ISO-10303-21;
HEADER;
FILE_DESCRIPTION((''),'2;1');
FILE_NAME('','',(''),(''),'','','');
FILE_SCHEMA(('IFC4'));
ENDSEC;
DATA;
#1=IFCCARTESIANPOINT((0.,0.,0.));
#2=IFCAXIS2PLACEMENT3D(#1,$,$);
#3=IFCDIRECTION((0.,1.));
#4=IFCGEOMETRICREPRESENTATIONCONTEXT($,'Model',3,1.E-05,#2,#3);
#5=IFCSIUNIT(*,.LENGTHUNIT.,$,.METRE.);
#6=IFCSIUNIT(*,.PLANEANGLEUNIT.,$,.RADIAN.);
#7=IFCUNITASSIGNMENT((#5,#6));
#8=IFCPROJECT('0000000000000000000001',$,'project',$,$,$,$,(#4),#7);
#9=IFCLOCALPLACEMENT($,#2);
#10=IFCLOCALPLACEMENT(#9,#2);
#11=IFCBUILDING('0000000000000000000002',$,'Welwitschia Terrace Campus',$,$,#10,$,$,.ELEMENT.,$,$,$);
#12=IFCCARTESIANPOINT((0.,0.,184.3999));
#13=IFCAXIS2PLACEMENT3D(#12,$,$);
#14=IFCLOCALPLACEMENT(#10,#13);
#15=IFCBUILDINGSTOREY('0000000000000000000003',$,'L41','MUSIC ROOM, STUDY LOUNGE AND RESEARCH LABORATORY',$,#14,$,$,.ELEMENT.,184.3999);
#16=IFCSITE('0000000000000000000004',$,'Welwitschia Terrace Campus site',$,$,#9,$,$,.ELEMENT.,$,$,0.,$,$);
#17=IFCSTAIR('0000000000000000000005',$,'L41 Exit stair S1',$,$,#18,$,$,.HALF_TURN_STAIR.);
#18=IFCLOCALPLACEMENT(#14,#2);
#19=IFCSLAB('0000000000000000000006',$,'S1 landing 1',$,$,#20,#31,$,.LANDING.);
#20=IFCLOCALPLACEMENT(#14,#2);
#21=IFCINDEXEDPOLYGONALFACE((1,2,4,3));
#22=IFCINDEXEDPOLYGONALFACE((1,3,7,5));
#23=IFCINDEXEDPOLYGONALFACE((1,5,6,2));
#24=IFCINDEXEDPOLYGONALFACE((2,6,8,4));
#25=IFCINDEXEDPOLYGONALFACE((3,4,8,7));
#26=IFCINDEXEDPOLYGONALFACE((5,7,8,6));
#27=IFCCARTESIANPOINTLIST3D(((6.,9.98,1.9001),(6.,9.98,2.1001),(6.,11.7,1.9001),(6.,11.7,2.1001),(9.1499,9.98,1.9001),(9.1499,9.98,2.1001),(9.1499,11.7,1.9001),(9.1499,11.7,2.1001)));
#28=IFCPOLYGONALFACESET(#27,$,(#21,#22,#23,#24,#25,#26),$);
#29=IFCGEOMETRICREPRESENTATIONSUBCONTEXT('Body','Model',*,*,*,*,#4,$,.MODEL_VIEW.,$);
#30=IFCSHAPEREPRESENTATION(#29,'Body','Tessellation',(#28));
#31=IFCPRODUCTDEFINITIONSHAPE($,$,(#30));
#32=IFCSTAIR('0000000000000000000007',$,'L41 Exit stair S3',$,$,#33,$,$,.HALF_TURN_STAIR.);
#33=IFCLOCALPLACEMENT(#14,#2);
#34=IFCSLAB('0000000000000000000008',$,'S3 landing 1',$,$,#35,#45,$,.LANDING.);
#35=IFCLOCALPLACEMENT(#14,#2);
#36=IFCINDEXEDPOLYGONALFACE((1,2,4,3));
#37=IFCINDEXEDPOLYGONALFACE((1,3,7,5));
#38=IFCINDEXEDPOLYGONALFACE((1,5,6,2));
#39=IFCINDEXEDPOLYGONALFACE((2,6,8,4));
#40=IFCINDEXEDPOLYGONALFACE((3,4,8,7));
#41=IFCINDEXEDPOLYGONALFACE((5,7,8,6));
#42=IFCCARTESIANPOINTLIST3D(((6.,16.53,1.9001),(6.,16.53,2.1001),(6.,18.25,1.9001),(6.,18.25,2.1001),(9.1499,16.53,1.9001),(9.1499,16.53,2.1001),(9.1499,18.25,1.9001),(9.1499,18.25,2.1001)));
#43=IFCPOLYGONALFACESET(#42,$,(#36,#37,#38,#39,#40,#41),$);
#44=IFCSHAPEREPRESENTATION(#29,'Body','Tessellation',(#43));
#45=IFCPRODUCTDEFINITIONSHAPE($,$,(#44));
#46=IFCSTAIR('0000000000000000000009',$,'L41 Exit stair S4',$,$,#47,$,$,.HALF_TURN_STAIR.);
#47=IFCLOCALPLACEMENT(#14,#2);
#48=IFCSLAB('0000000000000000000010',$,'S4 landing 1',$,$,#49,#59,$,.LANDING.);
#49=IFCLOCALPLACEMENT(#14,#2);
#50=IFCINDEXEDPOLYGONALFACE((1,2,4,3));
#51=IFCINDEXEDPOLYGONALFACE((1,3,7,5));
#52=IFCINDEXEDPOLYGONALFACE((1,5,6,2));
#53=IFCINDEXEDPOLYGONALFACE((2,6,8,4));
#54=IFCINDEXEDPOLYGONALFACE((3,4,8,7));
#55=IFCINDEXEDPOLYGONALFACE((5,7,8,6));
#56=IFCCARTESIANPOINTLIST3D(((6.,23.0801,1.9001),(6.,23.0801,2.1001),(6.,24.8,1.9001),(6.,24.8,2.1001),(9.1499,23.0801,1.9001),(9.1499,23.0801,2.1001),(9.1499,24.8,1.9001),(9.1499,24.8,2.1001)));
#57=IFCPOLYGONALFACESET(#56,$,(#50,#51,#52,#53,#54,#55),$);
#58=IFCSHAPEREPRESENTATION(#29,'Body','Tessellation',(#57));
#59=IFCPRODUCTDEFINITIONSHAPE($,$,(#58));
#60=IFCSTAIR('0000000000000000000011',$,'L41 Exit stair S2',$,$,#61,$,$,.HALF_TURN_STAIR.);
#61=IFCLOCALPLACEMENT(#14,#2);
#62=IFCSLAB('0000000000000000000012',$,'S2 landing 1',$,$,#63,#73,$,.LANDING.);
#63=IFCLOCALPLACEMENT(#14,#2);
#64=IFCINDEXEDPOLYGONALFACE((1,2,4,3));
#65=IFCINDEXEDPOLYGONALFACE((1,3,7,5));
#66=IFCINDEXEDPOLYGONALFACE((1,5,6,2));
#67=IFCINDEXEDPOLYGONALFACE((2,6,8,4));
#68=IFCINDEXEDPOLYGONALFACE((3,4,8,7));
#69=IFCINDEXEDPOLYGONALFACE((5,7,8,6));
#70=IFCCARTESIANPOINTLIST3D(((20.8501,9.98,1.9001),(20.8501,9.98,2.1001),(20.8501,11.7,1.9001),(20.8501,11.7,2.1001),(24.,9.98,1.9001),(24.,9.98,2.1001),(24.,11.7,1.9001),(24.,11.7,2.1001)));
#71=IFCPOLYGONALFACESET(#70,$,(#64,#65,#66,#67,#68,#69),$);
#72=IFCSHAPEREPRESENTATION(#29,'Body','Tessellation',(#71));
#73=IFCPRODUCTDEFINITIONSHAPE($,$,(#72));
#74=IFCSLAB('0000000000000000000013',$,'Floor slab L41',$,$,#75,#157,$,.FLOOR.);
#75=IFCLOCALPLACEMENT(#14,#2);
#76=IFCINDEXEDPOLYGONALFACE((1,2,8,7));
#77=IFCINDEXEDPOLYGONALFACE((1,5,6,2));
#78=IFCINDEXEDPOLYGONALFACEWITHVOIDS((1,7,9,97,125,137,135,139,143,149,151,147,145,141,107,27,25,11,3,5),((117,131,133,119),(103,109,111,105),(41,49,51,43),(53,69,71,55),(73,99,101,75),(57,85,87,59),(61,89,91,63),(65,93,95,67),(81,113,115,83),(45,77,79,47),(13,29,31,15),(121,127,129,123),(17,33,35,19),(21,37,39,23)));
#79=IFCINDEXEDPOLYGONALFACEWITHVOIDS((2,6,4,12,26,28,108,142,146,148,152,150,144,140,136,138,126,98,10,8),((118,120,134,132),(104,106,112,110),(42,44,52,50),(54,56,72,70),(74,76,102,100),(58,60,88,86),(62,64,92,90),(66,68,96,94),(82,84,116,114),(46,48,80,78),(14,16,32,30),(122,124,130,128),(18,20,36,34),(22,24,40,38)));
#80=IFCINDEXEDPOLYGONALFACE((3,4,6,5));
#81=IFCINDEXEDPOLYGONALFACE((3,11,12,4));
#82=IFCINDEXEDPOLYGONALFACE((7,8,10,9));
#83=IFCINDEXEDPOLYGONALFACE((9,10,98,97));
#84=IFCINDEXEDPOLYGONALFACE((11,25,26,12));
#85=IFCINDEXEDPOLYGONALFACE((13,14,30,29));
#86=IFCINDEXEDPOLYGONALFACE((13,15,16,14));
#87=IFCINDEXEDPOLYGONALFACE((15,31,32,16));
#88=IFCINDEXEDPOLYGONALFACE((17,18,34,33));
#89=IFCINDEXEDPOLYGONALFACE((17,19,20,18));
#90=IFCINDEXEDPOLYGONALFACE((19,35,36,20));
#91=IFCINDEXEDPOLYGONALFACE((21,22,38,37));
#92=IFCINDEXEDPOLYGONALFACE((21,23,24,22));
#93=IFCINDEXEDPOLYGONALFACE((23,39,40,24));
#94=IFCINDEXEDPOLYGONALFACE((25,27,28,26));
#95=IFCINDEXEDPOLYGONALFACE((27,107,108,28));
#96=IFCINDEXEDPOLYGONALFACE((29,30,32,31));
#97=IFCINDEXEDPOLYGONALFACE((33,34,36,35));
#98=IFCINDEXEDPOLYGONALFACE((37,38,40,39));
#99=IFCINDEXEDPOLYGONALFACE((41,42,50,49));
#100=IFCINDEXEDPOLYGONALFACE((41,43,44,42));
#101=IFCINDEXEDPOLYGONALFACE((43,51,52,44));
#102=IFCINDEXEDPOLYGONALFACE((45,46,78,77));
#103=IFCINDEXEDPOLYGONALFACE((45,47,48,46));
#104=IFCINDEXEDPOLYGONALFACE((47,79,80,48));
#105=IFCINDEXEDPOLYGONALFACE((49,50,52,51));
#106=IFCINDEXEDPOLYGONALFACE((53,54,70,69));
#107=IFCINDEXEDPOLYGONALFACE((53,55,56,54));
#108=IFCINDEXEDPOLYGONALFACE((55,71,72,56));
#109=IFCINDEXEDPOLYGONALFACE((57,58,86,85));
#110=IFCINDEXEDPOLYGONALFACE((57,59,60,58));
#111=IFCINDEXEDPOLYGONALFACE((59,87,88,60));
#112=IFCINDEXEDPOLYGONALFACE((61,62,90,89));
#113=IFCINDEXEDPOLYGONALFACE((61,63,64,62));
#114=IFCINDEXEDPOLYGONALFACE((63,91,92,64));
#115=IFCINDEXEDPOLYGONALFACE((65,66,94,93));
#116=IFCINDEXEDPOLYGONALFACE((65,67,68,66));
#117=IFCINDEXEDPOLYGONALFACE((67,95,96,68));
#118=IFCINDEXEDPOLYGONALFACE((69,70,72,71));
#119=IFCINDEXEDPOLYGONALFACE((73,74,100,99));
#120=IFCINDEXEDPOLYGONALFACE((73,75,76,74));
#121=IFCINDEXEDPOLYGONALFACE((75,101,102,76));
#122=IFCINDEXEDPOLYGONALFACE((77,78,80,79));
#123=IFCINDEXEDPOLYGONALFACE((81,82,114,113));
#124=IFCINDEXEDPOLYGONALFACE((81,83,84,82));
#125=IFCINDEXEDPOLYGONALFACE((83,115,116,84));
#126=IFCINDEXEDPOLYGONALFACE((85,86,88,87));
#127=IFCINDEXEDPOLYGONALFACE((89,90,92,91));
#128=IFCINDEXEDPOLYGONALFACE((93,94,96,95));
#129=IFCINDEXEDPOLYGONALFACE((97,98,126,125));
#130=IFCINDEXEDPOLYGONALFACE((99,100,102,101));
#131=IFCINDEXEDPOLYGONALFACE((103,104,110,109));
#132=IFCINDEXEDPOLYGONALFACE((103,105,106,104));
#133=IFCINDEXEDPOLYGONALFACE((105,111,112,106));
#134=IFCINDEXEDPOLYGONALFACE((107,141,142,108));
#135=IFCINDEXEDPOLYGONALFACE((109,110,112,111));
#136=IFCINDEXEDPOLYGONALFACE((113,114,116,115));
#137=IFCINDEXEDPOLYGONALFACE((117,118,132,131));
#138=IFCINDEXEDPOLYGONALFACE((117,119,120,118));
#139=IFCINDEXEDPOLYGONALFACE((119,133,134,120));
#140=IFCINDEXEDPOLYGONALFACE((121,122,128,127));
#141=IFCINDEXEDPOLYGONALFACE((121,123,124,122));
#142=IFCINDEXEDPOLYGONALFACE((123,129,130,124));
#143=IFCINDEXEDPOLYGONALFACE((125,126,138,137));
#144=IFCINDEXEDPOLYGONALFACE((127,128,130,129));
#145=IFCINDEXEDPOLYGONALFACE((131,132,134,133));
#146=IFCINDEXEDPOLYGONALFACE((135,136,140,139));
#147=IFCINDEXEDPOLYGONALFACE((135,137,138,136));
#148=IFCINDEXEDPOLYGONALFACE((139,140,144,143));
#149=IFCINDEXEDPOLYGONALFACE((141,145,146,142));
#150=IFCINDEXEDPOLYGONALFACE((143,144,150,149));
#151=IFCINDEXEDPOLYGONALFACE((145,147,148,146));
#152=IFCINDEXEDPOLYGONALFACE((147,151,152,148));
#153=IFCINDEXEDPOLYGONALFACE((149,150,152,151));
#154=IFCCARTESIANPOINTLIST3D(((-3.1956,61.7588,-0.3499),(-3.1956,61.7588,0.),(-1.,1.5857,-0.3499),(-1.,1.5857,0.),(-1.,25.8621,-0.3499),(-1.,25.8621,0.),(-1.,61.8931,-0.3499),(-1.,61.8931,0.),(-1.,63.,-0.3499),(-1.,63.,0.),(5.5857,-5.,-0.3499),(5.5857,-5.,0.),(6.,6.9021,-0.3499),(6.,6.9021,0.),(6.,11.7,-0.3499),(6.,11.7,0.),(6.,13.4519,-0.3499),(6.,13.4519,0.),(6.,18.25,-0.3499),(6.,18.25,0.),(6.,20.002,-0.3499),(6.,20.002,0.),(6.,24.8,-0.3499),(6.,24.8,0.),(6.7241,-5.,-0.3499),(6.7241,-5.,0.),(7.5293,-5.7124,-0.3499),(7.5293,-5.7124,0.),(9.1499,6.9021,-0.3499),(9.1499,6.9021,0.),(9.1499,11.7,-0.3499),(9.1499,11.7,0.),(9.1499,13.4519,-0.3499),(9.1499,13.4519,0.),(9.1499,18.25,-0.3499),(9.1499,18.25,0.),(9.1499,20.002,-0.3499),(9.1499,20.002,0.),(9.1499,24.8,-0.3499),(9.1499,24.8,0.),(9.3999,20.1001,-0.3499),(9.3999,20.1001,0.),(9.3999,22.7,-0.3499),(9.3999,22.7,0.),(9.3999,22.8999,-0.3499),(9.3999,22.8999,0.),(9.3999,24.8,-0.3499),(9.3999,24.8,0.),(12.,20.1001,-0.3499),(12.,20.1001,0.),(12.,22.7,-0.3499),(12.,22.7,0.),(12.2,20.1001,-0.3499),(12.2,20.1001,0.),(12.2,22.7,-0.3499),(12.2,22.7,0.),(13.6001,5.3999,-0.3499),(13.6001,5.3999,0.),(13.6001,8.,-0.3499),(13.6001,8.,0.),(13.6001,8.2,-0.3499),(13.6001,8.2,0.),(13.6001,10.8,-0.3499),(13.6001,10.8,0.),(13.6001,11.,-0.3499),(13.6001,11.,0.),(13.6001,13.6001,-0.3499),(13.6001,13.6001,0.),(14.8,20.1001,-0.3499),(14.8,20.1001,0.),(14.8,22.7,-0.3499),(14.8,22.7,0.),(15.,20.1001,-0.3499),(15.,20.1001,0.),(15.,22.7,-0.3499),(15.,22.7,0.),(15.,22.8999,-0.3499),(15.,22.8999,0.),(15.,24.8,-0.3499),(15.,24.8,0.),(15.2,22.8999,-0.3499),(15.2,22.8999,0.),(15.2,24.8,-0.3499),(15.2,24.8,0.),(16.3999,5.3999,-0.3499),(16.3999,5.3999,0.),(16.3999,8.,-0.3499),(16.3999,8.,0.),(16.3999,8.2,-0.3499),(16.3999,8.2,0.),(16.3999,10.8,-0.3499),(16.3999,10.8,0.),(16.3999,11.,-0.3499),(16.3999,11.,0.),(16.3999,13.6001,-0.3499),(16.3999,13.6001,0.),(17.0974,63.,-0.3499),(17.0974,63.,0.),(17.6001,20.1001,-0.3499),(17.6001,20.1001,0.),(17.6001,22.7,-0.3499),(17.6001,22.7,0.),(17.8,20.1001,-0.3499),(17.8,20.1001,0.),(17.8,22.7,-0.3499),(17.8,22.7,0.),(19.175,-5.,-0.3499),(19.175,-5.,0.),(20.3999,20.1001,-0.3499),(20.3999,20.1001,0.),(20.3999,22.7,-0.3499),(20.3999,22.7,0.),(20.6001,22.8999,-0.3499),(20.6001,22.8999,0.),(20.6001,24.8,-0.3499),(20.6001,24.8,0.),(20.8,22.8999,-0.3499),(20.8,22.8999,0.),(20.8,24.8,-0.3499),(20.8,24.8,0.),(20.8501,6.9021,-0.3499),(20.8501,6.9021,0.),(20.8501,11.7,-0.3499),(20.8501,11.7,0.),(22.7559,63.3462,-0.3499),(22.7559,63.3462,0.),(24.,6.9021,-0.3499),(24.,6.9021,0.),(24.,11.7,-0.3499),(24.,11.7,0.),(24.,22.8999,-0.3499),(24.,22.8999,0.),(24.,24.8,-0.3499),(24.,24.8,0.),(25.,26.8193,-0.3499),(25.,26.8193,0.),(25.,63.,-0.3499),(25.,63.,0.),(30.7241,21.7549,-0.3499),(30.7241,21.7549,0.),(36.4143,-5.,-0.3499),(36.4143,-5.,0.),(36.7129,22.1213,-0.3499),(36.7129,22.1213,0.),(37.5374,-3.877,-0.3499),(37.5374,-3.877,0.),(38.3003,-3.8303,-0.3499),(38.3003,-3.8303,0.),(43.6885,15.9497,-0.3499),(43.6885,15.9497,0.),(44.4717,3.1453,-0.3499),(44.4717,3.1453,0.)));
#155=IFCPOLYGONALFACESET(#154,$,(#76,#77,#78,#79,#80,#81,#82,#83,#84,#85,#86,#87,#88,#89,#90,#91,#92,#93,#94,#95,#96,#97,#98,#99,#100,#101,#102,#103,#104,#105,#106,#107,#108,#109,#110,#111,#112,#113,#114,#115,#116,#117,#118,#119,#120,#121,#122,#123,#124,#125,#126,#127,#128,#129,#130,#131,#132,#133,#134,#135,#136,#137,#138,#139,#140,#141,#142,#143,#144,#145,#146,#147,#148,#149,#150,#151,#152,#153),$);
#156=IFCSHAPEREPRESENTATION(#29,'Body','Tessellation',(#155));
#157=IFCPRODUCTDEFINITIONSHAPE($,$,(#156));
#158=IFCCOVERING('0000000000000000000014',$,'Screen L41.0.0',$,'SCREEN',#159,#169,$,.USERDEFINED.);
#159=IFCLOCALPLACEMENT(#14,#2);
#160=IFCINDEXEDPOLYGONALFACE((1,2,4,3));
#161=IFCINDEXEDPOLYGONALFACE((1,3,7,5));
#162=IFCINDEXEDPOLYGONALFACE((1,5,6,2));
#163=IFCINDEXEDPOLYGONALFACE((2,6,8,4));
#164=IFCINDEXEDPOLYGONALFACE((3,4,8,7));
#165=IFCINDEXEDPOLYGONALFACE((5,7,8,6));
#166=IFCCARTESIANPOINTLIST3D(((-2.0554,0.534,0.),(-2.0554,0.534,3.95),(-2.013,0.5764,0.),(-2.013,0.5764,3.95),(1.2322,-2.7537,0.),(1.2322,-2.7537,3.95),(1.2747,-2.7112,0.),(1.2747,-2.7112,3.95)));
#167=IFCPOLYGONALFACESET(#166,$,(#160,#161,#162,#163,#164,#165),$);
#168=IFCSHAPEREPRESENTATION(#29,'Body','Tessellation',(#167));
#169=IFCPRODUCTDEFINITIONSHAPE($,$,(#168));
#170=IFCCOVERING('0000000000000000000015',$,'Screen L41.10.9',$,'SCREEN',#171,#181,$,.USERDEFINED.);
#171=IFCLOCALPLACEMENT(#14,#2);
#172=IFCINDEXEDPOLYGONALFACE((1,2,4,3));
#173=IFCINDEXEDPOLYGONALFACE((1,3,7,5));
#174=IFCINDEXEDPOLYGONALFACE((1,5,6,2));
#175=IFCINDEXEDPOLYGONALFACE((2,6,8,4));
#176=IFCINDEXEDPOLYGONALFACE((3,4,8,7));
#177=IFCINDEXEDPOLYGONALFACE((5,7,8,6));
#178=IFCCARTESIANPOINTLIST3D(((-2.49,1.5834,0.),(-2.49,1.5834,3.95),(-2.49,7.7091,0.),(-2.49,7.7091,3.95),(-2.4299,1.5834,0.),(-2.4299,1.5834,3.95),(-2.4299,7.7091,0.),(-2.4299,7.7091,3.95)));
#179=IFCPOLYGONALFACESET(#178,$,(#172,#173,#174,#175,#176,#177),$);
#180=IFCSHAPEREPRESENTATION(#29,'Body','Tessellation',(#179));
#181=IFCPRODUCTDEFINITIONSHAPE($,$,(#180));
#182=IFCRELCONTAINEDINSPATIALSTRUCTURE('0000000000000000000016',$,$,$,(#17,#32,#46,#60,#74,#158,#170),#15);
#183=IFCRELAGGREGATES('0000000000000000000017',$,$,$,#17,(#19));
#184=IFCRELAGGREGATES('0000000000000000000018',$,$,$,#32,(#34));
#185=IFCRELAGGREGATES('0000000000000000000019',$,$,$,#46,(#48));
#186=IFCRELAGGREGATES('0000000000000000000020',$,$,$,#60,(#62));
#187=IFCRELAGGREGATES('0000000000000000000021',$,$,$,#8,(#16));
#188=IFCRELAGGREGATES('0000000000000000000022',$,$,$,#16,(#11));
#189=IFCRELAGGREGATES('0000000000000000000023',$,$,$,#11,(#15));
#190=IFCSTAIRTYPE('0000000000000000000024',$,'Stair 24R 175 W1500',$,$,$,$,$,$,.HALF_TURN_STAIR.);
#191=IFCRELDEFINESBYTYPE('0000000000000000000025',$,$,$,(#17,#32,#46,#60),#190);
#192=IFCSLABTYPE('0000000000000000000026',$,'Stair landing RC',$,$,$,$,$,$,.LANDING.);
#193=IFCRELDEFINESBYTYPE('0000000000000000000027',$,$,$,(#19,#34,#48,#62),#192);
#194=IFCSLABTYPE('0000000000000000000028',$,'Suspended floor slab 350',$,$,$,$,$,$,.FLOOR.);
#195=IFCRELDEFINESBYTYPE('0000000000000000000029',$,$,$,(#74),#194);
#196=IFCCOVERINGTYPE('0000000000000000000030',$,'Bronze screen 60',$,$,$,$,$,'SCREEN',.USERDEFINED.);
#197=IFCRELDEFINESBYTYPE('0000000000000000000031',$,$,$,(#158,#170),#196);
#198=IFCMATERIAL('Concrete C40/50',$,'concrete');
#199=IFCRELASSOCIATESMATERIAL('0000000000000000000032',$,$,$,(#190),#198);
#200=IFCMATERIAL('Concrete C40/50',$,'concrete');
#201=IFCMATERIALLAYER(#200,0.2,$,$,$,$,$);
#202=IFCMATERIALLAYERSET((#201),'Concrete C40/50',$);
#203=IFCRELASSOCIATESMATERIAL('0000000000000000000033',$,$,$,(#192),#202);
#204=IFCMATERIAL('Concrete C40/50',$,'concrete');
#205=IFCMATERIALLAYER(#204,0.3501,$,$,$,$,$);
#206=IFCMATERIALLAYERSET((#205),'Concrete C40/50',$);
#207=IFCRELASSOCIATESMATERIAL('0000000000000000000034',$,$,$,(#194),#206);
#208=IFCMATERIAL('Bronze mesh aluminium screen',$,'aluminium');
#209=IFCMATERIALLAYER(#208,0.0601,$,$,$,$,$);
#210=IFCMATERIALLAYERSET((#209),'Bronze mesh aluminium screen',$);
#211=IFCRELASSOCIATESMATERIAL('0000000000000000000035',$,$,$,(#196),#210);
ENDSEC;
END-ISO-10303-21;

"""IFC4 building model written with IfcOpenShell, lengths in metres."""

from ifc_helpers import new_model, si_unit, direction, frame, origin, origin_2d, place, context, subcontext, project, spatial, polyline, rectangle, outline, extrude, material, layer, layer_set, type_object, element, aggregate, save


model = new_model("IFC4")

# Units and contexts
model_context = context("Model", 3, precision=1e-05, world=origin(), true_north=direction((0.0, 1.0)))
body_context = subcontext(model_context, "Body", "Model", "MODEL_VIEW")
ifc_project = project(units=[si_unit("LENGTHUNIT", "METRE"), si_unit("PLANEANGLEUNIT", "RADIAN")], contexts=[model_context])

# Site, building, storey
site_placement = place(None, origin())
site = spatial("IfcSite", under=ifc_project, at=site_placement, Name="Welwitschia Terrace Campus site", CompositionType="ELEMENT", RefElevation=0.0)
building_placement = place(site_placement, origin())
building = spatial("IfcBuilding", under=site, at=building_placement, Name="Welwitschia Terrace Campus", CompositionType="ELEMENT")
storey_placement = place(building_placement, frame((0.0, 0.0, 184.3999)))
storey = spatial("IfcBuildingStorey", under=building, at=storey_placement, Name="L41", Description="MUSIC ROOM, STUDY LOUNGE AND RESEARCH LABORATORY", CompositionType="ELEMENT", Elevation=184.3999)

# Stairs, slabs
ifc_material_1 = material(Name="Concrete C40/50", Category="concrete")
stair_type = type_object("IfcStairType", Name="Stair 24R 175 W1500", PredefinedType="HALF_TURN_STAIR", material=ifc_material_1)
stair_1_placement = place(storey_placement, origin())
stair_1 = element("IfcStair", 1, at=stair_1_placement, inside=storey, type_object=stair_type, Name="L41 Exit stair S1", PredefinedType="HALF_TURN_STAIR")
ifc_material_2 = material(Name="Concrete C40/50", Category="concrete")
ifc_layer_1 = layer(ifc_material_2, 0.2)
ifc_layer_set_1 = layer_set([ifc_layer_1], Name="Concrete C40/50")
slab_type_1 = type_object("IfcSlabType", Name="Stair landing RC", PredefinedType="LANDING", material=ifc_layer_set_1)
slab_1_placement = place(storey_placement, frame((0.0, 0.0, 1.9001)))
slab_1 = element("IfcSlab", 2, at=slab_1_placement, type_object=slab_type_1, Name="S1 landing 1", PredefinedType="LANDING", context=body_context, shape_type="SweptSolid", body=[
    extrude(outline(polyline([(9.1499, 9.98), (9.1499, 11.7), (6.0, 11.7), (6.0, 9.98), (9.1499, 9.98)])), origin(), (0.0, 0.0, 1.0), 0.2),
])
aggregate(stair_1, [slab_1])
stair_2_placement = place(storey_placement, origin())
stair_2 = element("IfcStair", 3, at=stair_2_placement, inside=storey, type_object=stair_type, Name="L41 Exit stair S3", PredefinedType="HALF_TURN_STAIR")
slab_2_placement = place(storey_placement, frame((0.0, 0.0, 1.9001)))
slab_2 = element("IfcSlab", 4, at=slab_2_placement, type_object=slab_type_1, Name="S3 landing 1", PredefinedType="LANDING", context=body_context, shape_type="SweptSolid", body=[
    extrude(outline(polyline([(9.1499, 16.53), (9.1499, 18.25), (6.0, 18.25), (6.0, 16.53), (9.1499, 16.53)])), origin(), (0.0, 0.0, 1.0), 0.2),
])
aggregate(stair_2, [slab_2])
stair_3_placement = place(storey_placement, origin())
stair_3 = element("IfcStair", 5, at=stair_3_placement, inside=storey, type_object=stair_type, Name="L41 Exit stair S4", PredefinedType="HALF_TURN_STAIR")
slab_3_placement = place(storey_placement, frame((0.0, 0.0, 1.9001)))
slab_3 = element("IfcSlab", 6, at=slab_3_placement, type_object=slab_type_1, Name="S4 landing 1", PredefinedType="LANDING", context=body_context, shape_type="SweptSolid", body=[
    extrude(outline(polyline([(9.1499, 23.0801), (9.1499, 24.8), (6.0, 24.8), (6.0, 23.0801), (9.1499, 23.0801)])), origin(), (0.0, 0.0, 1.0), 0.2),
])
aggregate(stair_3, [slab_3])
stair_4_placement = place(storey_placement, origin())
stair_4 = element("IfcStair", 7, at=stair_4_placement, inside=storey, type_object=stair_type, Name="L41 Exit stair S2", PredefinedType="HALF_TURN_STAIR")
slab_4_placement = place(storey_placement, frame((0.0, 0.0, 1.9001)))
slab_4 = element("IfcSlab", 8, at=slab_4_placement, type_object=slab_type_1, Name="S2 landing 1", PredefinedType="LANDING", context=body_context, shape_type="SweptSolid", body=[
    extrude(outline(polyline([(24.0, 9.98), (24.0, 11.7), (20.8501, 11.7), (20.8501, 9.98), (24.0, 9.98)])), origin(), (0.0, 0.0, 1.0), 0.2),
])
aggregate(stair_4, [slab_4])

# Slab
ifc_material_3 = material(Name="Concrete C40/50", Category="concrete")
ifc_layer_2 = layer(ifc_material_3, 0.3501)
ifc_layer_set_2 = layer_set([ifc_layer_2], Name="Concrete C40/50")
slab_type_2 = type_object("IfcSlabType", Name="Suspended floor slab 350", PredefinedType="FLOOR", material=ifc_layer_set_2)
slab_5_placement = place(storey_placement, frame((0.0, 0.0, -0.3499)))
element("IfcSlab", 9, at=slab_5_placement, inside=storey, type_object=slab_type_2, Name="Floor slab L41", PredefinedType="FLOOR", context=body_context, shape_type="SweptSolid", body=[
    extrude(outline(polyline([(-1.0, 61.8931), (-1.0, 63.0), (17.0974, 63.0), (22.7559, 63.3462), (25.0, 63.0), (25.0, 26.8193), (30.7241, 21.7549), (36.7129, 22.1213), (43.6885, 15.9497), (44.4717, 3.1453), (38.3003, -3.8303), (37.5374, -3.877), (36.4143, -5.0), (19.175, -5.0), (7.5293, -5.7124), (6.7241, -5.0), (5.5857, -5.0), (-1.0, 1.5857), (-1.0, 25.8621), (-3.1956, 61.7588), (-1.0, 61.8931)]), holes=[polyline([(13.6001, 8.0), (13.6001, 5.3999), (16.3999, 5.3999), (16.3999, 8.0), (13.6001, 8.0)]), polyline([(9.1499, 11.7), (6.0, 11.7), (6.0, 6.9021), (9.1499, 6.9021), (9.1499, 11.7)]), polyline([(9.1499, 18.25), (6.0, 18.25), (6.0, 13.4519), (9.1499, 13.4519), (9.1499, 18.25)]), polyline([(12.0, 22.7), (9.3999, 22.7), (9.3999, 20.1001), (12.0, 20.1001), (12.0, 22.7)]), polyline([(14.8, 22.7), (12.2, 22.7), (12.2, 20.1001), (14.8, 20.1001), (14.8, 22.7)]), polyline([(9.1499, 24.8), (6.0, 24.8), (6.0, 20.002), (9.1499, 20.002), (9.1499, 24.8)]), polyline([(15.0, 24.8), (9.3999, 24.8), (9.3999, 22.8999), (15.0, 22.8999), (15.0, 24.8)]), polyline([(20.8501, 11.7), (20.8501, 6.9021), (24.0, 6.9021), (24.0, 11.7), (20.8501, 11.7)]), polyline([(16.3999, 10.8), (13.6001, 10.8), (13.6001, 8.2), (16.3999, 8.2), (16.3999, 10.8)]), polyline([(16.3999, 13.6001), (13.6001, 13.6001), (13.6001, 11.0), (16.3999, 11.0), (16.3999, 13.6001)]), polyline([(17.6001, 22.7), (15.0, 22.7), (15.0, 20.1001), (17.6001, 20.1001), (17.6001, 22.7)]), polyline([(20.3999, 22.7), (17.8, 22.7), (17.8, 20.1001), (20.3999, 20.1001), (20.3999, 22.7)]), polyline([(20.6001, 24.8), (15.2, 24.8), (15.2, 22.8999), (20.6001, 22.8999), (20.6001, 24.8)]), polyline([(24.0, 24.8), (20.8, 24.8), (20.8, 22.8999), (24.0, 22.8999), (24.0, 24.8)])]), origin(), (0.0, 0.0, 1.0), 0.3499),
])

# Coverings
ifc_material_4 = material(Name="Bronze mesh aluminium screen", Category="aluminium")
ifc_layer_3 = layer(ifc_material_4, 0.0601)
ifc_layer_set_3 = layer_set([ifc_layer_3], Name="Bronze mesh aluminium screen")
covering_type_1 = type_object("IfcCoveringType", Name="Bronze screen 60", ElementType="SCREEN", PredefinedType="USERDEFINED", material=ifc_layer_set_3)
covering_1_placement = place(storey_placement, frame((-0.3904, -1.0886, 0.0), z_axis=(0.0, 0.0, 1.0), x_axis=(0.707107, -0.707107, 0.0)))
element("IfcCovering", 10, at=covering_1_placement, inside=storey, type_object=covering_type_1, Name="Screen L41.0.0", ObjectType="SCREEN", PredefinedType="USERDEFINED", context=body_context, shape_type="SweptSolid", body=[
    extrude(rectangle(XDim=4.6494, YDim=0.0601, at=origin_2d()), origin(), (0.0, 0.0, 1.0), 3.95),
])
covering_2_placement = place(storey_placement, frame((-2.46, 4.6462, 0.0), z_axis=(0.0, 0.0, 1.0), x_axis=(0.0, -1.0, 0.0)))
element("IfcCovering", 11, at=covering_2_placement, inside=storey, type_object=covering_type_1, Name="Screen L41.10.9", ObjectType="SCREEN", PredefinedType="USERDEFINED", context=body_context, shape_type="SweptSolid", body=[
    extrude(rectangle(XDim=6.1257, YDim=0.0601, at=origin_2d()), origin(), (0.0, 0.0, 1.0), 3.95),
])

save(model, "model.ifc")
